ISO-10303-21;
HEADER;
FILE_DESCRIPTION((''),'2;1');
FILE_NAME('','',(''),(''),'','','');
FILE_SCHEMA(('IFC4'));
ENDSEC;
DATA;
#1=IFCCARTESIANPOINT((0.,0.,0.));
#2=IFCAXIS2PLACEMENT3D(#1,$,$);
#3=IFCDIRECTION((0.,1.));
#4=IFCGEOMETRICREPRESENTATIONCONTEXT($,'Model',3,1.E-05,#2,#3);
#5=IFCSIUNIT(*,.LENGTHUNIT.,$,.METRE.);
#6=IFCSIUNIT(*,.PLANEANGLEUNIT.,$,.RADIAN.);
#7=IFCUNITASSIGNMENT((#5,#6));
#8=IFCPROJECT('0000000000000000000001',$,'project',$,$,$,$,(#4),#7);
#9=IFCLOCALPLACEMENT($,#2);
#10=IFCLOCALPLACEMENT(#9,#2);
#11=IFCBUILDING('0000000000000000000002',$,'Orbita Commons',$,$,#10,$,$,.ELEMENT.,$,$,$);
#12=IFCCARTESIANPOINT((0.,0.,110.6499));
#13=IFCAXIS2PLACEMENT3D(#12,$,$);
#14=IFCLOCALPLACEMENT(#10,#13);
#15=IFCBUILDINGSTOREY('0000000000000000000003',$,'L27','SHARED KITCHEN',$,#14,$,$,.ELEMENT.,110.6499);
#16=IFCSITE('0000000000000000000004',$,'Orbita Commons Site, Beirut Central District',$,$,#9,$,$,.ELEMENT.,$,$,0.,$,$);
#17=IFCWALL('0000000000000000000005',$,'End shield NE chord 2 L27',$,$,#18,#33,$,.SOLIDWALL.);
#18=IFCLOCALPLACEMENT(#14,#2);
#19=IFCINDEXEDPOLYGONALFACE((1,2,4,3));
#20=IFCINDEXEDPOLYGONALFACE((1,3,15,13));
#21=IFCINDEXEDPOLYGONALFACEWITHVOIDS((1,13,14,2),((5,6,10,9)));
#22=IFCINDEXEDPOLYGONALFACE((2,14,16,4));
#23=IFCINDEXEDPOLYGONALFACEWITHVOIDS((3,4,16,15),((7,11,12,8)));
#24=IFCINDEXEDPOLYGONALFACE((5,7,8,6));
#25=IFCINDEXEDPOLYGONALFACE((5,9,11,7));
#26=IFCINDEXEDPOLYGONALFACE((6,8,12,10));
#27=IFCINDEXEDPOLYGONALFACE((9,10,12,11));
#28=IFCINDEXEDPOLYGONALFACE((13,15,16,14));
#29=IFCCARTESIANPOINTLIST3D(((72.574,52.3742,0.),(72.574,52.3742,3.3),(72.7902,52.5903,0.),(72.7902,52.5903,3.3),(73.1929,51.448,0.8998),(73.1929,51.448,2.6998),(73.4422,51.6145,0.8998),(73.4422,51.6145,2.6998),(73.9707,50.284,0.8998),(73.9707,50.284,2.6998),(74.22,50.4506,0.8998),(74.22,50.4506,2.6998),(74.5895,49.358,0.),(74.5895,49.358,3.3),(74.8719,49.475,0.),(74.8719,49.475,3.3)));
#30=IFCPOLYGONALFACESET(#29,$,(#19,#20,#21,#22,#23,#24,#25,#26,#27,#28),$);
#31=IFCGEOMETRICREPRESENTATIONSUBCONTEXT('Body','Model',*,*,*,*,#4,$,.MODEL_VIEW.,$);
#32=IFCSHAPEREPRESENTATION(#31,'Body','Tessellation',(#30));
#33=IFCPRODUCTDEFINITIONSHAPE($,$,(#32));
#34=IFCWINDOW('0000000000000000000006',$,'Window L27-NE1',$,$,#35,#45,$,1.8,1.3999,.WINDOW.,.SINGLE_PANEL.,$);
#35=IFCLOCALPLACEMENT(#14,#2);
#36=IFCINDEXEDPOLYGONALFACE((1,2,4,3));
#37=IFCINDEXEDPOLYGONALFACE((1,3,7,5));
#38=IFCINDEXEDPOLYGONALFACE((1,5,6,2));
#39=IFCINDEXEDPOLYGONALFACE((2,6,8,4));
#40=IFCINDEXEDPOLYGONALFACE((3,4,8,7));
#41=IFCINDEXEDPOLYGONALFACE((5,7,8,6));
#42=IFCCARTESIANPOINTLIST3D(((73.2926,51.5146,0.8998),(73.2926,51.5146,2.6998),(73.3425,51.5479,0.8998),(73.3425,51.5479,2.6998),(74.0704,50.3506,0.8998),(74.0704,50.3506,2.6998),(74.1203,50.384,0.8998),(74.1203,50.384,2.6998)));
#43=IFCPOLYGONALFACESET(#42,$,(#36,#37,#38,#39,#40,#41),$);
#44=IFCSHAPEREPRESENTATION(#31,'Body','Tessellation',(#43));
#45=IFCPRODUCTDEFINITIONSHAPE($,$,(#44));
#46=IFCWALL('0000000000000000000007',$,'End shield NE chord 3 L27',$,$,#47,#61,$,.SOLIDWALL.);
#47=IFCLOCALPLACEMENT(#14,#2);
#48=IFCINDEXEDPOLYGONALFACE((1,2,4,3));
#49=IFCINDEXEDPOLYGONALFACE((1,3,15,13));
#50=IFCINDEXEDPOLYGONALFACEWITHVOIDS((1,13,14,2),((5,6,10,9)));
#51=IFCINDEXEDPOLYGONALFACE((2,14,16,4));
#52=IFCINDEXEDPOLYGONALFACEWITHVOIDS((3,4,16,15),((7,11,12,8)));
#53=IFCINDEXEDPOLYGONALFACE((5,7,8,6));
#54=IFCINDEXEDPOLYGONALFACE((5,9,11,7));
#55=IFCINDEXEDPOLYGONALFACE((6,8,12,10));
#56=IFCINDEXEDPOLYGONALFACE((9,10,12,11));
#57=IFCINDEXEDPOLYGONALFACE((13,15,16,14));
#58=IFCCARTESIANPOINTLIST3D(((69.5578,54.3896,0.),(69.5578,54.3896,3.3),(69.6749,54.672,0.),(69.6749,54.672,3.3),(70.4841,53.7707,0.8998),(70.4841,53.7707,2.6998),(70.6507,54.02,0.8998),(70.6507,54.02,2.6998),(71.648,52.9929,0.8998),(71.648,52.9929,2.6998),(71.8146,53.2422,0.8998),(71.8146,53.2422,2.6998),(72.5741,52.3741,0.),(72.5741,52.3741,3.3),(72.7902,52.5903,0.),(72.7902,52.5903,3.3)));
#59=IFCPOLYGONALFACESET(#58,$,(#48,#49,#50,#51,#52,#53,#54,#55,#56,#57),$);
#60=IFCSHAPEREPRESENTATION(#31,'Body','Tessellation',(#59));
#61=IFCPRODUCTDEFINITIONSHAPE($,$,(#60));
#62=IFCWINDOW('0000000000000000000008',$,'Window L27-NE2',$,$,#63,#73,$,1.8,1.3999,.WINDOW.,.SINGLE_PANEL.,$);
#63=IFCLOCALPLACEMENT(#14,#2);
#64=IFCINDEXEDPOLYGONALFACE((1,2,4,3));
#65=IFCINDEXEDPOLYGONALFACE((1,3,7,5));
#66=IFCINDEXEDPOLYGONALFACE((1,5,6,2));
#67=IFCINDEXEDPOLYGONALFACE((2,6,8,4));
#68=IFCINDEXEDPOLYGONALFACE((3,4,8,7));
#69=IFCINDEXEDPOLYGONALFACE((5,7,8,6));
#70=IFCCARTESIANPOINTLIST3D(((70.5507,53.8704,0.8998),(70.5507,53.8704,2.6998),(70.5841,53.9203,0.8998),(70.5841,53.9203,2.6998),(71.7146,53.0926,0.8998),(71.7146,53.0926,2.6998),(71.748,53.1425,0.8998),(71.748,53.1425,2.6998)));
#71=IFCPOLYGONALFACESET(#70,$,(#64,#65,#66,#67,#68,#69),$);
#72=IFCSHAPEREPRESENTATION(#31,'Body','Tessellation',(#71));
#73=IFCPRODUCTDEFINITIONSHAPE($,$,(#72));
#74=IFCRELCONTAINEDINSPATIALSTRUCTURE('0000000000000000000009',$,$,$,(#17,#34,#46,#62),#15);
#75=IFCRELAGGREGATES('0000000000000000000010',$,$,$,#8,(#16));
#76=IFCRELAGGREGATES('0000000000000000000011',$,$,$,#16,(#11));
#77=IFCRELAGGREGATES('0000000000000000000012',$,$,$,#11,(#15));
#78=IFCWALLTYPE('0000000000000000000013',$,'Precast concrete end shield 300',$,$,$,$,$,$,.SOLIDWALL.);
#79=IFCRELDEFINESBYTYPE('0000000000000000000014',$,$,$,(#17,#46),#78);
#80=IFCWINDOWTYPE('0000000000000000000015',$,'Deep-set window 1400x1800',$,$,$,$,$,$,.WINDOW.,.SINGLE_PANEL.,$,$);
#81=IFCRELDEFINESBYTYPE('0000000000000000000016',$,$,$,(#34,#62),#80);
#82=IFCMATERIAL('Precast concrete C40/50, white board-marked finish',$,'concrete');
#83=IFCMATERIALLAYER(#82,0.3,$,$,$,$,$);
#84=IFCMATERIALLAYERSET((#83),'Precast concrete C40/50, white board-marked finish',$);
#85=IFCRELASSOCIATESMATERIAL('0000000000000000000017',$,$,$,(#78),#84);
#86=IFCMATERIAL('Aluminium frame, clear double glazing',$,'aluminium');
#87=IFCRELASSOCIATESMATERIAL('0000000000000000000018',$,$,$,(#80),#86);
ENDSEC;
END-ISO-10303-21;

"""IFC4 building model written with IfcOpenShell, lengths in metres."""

from ifc_helpers import new_model, si_unit, direction, frame, frame_2d, origin, place, context, subcontext, project, spatial, polyline, rectangle, outline, extrude, material, layer, layer_set, type_object, element, fill, save


model = new_model("IFC4")

# Units and contexts
model_context = context("Model", 3, precision=1e-05, world=origin(), true_north=direction((0.0, 1.0)))
body_context = subcontext(model_context, "Body", "Model", "MODEL_VIEW")
ifc_project = project(units=[si_unit("LENGTHUNIT", "METRE"), si_unit("PLANEANGLEUNIT", "RADIAN")], contexts=[model_context])

# Site, building, storey
site_placement = place(None, origin())
site = spatial("IfcSite", under=ifc_project, at=site_placement, Name="Orbita Commons Site, Beirut Central District", CompositionType="ELEMENT", RefElevation=0.0)
building_placement = place(site_placement, origin())
building = spatial("IfcBuilding", under=site, at=building_placement, Name="Orbita Commons", CompositionType="ELEMENT")
storey_placement = place(building_placement, frame((0.0, 0.0, 110.6499)))
storey = spatial("IfcBuildingStorey", under=building, at=storey_placement, Name="L27", Description="SHARED KITCHEN", CompositionType="ELEMENT", Elevation=110.6499)

# Walls, openings, windows
ifc_material_1 = material(Name="Precast concrete C40/50, white board-marked finish", Category="concrete")
ifc_layer_1 = layer(ifc_material_1, 0.3)
ifc_layer_set_1 = layer_set([ifc_layer_1], Name="Precast concrete C40/50, white board-marked finish")
wall_type_1 = type_object("IfcWallType", Name="Precast concrete end shield 300", PredefinedType="SOLIDWALL", material=ifc_layer_set_1)
wall_1_placement = place(storey_placement, frame((74.7307, 49.4165, 0.0), z_axis=(0.0, 0.0, 1.0), x_axis=(-0.555601, 0.831449, 0.0)))
wall_1 = element("IfcWall", 1, at=wall_1_placement, inside=storey, type_object=wall_type_1, Name="End shield NE chord 2 L27", PredefinedType="SOLIDWALL", context=body_context, shape_type="SweptSolid", body=[
    extrude(outline(polyline([(-0.0298, -0.1499), (3.717, -0.1499), (3.6575, 0.1499), (0.0298, 0.1499), (-0.0298, -0.1499)])), origin(), (0.0, 0.0, 1.0), 3.3),
])
opening_1_placement = place(wall_1_placement, frame((1.1436, 0.0, 0.8999)))
opening_1 = element("IfcOpeningElement", 2, at=opening_1_placement, cuts=wall_1, PredefinedType="OPENING", context=body_context, shape_type="SweptSolid", body=[
    extrude(rectangle(XDim=1.3999, YDim=1.8, at=frame_2d((0.7, 0.8999))), frame((0.0, 0.1599, 0.0), z_axis=(0.0, -1.0, 0.0), x_axis=(1.0, 0.0, 0.0)), (0.0, 0.0, 1.0), 0.3201),
])
ifc_material_2 = material(Name="Aluminium frame, clear double glazing", Category="aluminium")
window_type = type_object("IfcWindowType", Name="Deep-set window 1400x1800", PartitioningType="SINGLE_PANEL", PredefinedType="WINDOW", material=ifc_material_2)
window_1_placement = place(opening_1_placement, origin())
window_1 = element("IfcWindow", 3, at=window_1_placement, inside=storey, type_object=window_type, Name="Window L27-NE1", OverallHeight=1.8, OverallWidth=1.3999, PartitioningType="SINGLE_PANEL", PredefinedType="WINDOW", context=body_context, shape_type="SweptSolid", body=[
    extrude(rectangle(XDim=1.3999, YDim=1.8, at=frame_2d((0.7, 0.8999))), frame((0.0, 0.03, 0.0), z_axis=(0.0, -1.0, 0.0), x_axis=(1.0, 0.0, 0.0)), (0.0, 0.0, 1.0), 0.0601),
])
fill(opening_1, window_1)
wall_2_placement = place(storey_placement, frame((72.6821, 52.4822, 0.0), z_axis=(0.0, 0.0, 1.0), x_axis=(-0.831449, 0.555601, 0.0)))
wall_2 = element("IfcWall", 4, at=wall_2_placement, inside=storey, type_object=wall_type_1, Name="End shield NE chord 3 L27", PredefinedType="SOLIDWALL", context=body_context, shape_type="SweptSolid", body=[
    extrude(outline(polyline([(-0.0298, -0.1499), (3.717, -0.1499), (3.6575, 0.1499), (0.0298, 0.1499), (-0.0298, -0.1499)])), origin(), (0.0, 0.0, 1.0), 3.3),
])
opening_2_placement = place(wall_2_placement, frame((1.1436, 0.0, 0.8999)))
opening_2 = element("IfcOpeningElement", 5, at=opening_2_placement, cuts=wall_2, PredefinedType="OPENING", context=body_context, shape_type="SweptSolid", body=[
    extrude(rectangle(XDim=1.3999, YDim=1.8, at=frame_2d((0.7, 0.8999))), frame((0.0, 0.1599, 0.0), z_axis=(0.0, -1.0, 0.0), x_axis=(1.0, 0.0, 0.0)), (0.0, 0.0, 1.0), 0.3201),
])
window_2_placement = place(opening_2_placement, origin())
window_2 = element("IfcWindow", 6, at=window_2_placement, inside=storey, type_object=window_type, Name="Window L27-NE2", OverallHeight=1.8, OverallWidth=1.3999, PartitioningType="SINGLE_PANEL", PredefinedType="WINDOW", context=body_context, shape_type="SweptSolid", body=[
    extrude(rectangle(XDim=1.3999, YDim=1.8, at=frame_2d((0.7, 0.8999))), frame((0.0, 0.03, 0.0), z_axis=(0.0, -1.0, 0.0), x_axis=(1.0, 0.0, 0.0)), (0.0, 0.0, 1.0), 0.0601),
])
fill(opening_2, window_2)

save(model, "model.ifc")
